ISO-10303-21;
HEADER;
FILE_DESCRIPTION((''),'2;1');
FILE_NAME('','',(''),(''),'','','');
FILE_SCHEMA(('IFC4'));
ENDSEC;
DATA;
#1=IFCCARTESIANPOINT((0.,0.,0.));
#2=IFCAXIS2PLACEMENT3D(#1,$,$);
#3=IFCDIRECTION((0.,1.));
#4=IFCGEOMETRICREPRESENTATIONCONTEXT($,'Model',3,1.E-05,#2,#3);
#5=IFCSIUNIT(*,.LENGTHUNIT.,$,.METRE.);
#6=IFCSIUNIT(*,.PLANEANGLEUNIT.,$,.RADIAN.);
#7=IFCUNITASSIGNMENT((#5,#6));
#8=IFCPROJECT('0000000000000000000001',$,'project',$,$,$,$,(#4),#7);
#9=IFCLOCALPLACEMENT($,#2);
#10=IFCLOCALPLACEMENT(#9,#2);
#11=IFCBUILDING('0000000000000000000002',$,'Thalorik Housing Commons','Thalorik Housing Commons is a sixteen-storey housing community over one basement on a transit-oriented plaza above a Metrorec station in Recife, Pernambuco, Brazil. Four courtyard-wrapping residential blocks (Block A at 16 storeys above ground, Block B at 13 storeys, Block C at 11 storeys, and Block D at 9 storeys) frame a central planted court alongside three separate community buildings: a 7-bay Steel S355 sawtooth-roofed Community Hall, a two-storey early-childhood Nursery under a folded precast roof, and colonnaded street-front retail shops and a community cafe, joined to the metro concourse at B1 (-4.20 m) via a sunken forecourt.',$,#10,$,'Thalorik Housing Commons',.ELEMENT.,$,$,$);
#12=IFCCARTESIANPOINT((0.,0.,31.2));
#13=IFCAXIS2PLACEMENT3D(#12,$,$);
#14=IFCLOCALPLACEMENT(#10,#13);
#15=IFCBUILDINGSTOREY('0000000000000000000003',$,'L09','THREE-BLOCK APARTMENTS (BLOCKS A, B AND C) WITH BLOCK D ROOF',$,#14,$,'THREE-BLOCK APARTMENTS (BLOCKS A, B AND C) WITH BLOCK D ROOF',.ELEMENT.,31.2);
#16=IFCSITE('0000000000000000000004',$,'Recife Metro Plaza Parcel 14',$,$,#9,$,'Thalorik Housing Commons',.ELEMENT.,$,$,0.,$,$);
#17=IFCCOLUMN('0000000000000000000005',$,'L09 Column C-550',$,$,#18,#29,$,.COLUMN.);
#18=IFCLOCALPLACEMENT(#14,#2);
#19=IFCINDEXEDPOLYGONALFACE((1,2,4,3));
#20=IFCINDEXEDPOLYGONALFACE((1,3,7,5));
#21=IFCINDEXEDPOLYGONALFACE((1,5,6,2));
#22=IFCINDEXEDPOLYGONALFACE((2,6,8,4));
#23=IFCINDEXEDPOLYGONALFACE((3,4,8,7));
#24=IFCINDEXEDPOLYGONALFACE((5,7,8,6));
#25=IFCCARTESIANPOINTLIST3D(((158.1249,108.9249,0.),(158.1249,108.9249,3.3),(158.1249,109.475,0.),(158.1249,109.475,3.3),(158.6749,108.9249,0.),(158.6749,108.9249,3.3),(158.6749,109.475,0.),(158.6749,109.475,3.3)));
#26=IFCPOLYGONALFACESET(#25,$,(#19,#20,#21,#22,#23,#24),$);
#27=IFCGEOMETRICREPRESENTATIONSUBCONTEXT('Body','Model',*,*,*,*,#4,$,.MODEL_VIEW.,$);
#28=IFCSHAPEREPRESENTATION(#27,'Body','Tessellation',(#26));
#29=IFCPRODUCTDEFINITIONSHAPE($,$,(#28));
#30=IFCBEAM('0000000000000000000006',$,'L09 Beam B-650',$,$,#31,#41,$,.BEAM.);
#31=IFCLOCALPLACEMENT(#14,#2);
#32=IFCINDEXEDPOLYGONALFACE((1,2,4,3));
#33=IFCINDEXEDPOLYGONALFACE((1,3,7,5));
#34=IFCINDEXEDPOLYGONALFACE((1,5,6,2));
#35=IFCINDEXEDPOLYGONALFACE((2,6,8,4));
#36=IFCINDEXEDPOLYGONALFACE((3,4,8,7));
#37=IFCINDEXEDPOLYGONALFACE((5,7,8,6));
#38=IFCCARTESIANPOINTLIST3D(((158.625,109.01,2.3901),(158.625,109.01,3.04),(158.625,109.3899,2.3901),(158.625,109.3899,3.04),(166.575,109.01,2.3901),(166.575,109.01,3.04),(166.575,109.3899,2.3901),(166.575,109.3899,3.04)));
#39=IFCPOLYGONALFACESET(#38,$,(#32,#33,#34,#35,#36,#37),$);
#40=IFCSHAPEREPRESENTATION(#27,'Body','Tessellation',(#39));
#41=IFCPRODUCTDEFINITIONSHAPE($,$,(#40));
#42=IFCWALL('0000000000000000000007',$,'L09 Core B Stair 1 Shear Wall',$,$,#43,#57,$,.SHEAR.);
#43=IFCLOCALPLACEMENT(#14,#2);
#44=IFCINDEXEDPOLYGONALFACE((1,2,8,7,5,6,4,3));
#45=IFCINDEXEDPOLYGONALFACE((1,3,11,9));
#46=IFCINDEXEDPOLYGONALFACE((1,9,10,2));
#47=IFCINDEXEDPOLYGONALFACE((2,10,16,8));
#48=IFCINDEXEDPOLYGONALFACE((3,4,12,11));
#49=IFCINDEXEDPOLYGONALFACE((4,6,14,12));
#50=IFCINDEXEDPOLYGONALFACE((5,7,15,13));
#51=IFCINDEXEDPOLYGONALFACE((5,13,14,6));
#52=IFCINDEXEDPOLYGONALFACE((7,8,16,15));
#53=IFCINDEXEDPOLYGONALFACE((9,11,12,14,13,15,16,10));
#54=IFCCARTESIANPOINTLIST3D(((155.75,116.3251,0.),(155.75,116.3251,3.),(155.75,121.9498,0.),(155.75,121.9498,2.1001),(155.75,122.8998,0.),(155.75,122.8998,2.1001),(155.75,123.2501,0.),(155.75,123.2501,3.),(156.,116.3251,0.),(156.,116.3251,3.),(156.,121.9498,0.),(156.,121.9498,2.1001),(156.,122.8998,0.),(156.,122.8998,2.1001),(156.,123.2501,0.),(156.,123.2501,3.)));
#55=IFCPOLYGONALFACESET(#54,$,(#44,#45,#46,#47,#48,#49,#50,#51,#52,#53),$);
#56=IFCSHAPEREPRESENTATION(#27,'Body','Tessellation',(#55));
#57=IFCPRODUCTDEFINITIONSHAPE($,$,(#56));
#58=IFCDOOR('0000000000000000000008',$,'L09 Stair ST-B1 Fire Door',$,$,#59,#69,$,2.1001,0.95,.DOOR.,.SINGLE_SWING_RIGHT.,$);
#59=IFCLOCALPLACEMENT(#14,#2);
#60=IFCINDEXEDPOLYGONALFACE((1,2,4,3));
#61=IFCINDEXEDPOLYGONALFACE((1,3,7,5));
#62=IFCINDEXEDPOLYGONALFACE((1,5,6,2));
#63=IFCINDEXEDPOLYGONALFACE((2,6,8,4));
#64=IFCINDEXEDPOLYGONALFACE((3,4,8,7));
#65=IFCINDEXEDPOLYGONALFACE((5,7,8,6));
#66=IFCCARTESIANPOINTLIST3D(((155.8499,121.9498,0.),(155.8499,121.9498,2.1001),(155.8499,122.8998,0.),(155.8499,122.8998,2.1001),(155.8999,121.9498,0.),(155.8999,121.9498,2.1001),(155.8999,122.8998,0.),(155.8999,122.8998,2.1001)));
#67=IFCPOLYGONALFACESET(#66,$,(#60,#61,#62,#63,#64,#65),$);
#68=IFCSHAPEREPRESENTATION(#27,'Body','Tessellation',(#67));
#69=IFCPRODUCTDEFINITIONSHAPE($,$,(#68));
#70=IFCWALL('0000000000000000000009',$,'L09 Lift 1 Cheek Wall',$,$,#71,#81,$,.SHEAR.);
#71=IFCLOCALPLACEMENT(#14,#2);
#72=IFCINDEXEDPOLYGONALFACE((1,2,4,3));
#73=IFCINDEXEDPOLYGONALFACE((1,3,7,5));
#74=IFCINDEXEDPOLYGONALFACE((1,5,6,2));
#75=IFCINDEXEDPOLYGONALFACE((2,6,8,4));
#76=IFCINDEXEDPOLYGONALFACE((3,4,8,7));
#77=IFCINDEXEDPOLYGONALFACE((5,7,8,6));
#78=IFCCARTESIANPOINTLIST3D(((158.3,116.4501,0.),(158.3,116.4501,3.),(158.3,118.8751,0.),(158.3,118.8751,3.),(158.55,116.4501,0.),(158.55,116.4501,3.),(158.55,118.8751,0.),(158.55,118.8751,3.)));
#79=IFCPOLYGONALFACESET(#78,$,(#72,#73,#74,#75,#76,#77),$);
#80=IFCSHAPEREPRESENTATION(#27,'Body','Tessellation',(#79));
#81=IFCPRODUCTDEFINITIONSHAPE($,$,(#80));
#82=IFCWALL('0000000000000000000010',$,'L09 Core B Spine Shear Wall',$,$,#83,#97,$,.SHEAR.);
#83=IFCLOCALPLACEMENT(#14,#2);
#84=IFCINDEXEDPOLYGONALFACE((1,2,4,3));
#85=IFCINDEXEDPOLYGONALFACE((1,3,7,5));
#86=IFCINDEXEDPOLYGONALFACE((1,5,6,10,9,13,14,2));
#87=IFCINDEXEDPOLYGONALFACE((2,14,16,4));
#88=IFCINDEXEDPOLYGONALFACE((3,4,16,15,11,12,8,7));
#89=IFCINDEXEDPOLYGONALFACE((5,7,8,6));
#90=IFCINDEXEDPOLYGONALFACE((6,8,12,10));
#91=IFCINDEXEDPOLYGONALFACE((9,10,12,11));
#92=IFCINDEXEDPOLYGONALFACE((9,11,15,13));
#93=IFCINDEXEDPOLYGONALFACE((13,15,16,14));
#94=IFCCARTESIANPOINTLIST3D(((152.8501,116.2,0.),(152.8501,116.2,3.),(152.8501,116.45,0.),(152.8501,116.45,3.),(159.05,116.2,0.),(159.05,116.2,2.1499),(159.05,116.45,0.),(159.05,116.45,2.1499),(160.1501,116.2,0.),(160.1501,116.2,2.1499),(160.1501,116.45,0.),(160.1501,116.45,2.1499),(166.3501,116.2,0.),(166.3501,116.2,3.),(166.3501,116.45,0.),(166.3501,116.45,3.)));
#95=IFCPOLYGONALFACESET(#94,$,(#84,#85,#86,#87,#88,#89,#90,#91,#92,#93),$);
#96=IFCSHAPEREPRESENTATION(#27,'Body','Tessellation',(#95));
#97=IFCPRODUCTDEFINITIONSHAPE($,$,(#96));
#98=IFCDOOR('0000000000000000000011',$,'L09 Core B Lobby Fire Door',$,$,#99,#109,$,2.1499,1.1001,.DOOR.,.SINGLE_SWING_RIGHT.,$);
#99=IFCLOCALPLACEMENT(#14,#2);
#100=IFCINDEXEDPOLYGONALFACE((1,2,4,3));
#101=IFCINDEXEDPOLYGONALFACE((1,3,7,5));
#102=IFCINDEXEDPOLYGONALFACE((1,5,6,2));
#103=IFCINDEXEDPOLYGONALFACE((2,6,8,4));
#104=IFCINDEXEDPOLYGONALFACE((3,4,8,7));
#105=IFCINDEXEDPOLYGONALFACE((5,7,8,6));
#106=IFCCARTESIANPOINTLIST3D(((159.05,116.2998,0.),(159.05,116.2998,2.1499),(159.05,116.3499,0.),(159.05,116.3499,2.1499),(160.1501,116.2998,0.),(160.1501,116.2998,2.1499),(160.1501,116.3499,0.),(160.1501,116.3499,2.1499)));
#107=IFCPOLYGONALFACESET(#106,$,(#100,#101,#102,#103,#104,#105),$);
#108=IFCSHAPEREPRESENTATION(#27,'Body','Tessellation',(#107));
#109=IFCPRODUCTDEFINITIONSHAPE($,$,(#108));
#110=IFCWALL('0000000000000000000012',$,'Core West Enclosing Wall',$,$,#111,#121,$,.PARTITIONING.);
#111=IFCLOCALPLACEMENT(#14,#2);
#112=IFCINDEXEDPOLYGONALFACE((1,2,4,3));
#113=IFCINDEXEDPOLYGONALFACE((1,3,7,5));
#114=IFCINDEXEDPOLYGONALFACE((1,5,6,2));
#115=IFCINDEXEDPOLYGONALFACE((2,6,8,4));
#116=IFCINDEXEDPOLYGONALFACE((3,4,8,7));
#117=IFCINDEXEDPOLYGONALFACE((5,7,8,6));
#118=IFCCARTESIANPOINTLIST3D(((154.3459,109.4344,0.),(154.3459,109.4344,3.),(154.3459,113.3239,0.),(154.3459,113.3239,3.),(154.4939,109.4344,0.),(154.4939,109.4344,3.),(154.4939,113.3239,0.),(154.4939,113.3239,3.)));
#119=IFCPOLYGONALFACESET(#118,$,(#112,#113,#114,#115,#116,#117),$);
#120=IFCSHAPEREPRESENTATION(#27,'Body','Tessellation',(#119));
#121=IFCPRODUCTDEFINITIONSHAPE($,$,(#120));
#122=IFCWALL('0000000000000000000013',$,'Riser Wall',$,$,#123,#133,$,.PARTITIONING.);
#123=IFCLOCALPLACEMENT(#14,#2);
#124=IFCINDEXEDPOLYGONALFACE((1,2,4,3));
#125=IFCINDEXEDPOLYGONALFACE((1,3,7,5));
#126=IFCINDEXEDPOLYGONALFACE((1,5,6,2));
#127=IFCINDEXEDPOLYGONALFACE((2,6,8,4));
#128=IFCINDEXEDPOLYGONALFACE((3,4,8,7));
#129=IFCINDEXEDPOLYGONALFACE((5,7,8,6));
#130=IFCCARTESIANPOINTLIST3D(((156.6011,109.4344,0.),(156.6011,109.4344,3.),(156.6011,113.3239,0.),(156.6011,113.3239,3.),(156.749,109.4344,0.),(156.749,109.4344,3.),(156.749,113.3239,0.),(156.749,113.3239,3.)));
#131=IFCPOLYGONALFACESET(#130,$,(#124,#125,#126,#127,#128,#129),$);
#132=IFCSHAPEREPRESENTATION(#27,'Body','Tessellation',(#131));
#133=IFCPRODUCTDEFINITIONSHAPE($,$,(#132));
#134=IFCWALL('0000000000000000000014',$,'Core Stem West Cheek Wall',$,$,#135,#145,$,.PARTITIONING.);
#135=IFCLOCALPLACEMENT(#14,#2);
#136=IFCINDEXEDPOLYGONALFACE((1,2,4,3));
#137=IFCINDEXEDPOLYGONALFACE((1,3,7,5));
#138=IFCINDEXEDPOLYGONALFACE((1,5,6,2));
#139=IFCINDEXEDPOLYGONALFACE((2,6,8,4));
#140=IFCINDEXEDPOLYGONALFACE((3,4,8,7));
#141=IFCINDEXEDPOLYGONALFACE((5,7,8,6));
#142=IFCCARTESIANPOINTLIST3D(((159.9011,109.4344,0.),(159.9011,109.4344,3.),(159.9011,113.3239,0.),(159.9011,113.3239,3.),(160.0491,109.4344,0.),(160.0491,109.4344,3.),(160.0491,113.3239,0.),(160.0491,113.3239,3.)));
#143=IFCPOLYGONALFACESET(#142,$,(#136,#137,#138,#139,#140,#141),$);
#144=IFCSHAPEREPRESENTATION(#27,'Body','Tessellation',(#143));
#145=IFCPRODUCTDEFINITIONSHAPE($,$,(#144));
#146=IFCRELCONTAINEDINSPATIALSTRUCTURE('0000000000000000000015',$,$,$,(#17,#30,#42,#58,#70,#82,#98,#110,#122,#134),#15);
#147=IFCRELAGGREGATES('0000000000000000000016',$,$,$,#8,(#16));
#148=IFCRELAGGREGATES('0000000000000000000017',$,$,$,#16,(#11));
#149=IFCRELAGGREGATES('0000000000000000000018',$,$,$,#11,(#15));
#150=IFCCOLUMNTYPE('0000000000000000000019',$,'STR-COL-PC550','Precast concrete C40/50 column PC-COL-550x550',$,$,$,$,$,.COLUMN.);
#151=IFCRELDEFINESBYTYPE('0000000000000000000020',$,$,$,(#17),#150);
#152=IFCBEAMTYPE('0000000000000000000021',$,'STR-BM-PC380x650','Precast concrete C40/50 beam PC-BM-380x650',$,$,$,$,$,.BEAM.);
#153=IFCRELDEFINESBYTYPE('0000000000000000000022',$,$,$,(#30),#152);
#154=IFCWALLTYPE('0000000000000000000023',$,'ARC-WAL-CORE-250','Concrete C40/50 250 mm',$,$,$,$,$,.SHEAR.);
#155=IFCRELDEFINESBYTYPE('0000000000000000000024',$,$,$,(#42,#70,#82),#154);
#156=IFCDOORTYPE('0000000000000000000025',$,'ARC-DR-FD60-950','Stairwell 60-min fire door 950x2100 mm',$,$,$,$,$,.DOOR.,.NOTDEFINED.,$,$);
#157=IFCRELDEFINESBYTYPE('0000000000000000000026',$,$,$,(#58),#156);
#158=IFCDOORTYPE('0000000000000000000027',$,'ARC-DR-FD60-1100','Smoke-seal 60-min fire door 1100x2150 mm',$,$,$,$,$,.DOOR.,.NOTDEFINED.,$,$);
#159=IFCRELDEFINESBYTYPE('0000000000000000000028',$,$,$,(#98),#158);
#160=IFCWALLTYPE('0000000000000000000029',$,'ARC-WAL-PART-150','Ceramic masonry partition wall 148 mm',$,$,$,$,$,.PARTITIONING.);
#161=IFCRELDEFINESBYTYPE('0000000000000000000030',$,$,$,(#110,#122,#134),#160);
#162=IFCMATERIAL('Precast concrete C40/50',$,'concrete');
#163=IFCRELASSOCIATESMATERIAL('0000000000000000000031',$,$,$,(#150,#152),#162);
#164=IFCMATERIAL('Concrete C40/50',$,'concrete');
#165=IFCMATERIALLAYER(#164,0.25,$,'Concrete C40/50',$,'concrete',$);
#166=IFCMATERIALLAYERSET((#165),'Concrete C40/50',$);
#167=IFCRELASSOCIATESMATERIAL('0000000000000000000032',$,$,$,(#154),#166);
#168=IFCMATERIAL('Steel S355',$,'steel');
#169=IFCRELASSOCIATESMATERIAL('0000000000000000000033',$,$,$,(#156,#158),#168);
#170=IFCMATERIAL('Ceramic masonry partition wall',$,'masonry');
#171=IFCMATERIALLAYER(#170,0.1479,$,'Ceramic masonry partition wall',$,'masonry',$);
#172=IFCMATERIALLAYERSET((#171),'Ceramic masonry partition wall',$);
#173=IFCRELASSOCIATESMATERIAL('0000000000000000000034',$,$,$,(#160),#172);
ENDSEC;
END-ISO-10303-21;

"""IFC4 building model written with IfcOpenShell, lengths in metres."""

from ifc_helpers import new_model, si_unit, direction, frame, frame_2d, origin, origin_2d, place, context, subcontext, project, spatial, rectangle, extrude, material, layer, layer_set, material_profile, profile_set, type_object, element, fill, save


model = new_model("IFC4")

# Units and contexts
model_context = context("Model", 3, precision=1e-05, world=origin(), true_north=direction((0.0, 1.0)))
body_context = subcontext(model_context, "Body", "Model", "MODEL_VIEW")
ifc_project = project(units=[si_unit("LENGTHUNIT", "METRE"), si_unit("PLANEANGLEUNIT", "RADIAN")], contexts=[model_context])

# Site, building, storey
site_placement = place(None, origin())
site = spatial("IfcSite", under=ifc_project, at=site_placement, Name="Recife Metro Plaza Parcel 14", LongName="Thalorik Housing Commons", CompositionType="ELEMENT", RefElevation=0.0)
building_placement = place(site_placement, origin())
building = spatial("IfcBuilding", under=site, at=building_placement, Name="Thalorik Housing Commons", Description="Thalorik Housing Commons is a sixteen-storey housing community over one basement on a transit-oriented plaza above a Metrorec station in Recife, Pernambuco, Brazil. Four courtyard-wrapping residential blocks (Block A at 16 storeys above ground, Block B at 13 storeys, Block C at 11 storeys, and Block D at 9 storeys) frame a central planted court alongside three separate community buildings: a 7-bay Steel S355 sawtooth-roofed Community Hall, a two-storey early-childhood Nursery under a folded precast roof, and colonnaded street-front retail shops and a community cafe, joined to the metro concourse at B1 (-4.20 m) via a sunken forecourt.", LongName="Thalorik Housing Commons", CompositionType="ELEMENT")
storey_placement = place(building_placement, frame((0.0, 0.0, 31.2)))
storey = spatial("IfcBuildingStorey", under=building, at=storey_placement, Name="L09", Description="THREE-BLOCK APARTMENTS (BLOCKS A, B AND C) WITH BLOCK D ROOF", LongName="THREE-BLOCK APARTMENTS (BLOCKS A, B AND C) WITH BLOCK D ROOF", CompositionType="ELEMENT", Elevation=31.2)

# Column
ifc_material_1 = material(Name="Precast concrete C40/50", Category="concrete")
ifc_material_profile_1 = material_profile(ifc_material_1, rectangle(XDim=0.55, YDim=0.55, at=origin_2d()), Name="PC 550x550", Category="concrete")
ifc_profile_set_1 = profile_set([ifc_material_profile_1], Name="Precast concrete C40/50")
column_type = type_object("IfcColumnType", Name="STR-COL-PC550", Description="Precast concrete C40/50 column PC-COL-550x550", PredefinedType="COLUMN", material=ifc_profile_set_1)
column_placement = place(storey_placement, frame((158.3999, 109.2, 0.0), z_axis=(0.0, 0.0, 1.0), x_axis=(1.0, 0.0, 0.0)))
element("IfcColumn", 1, at=column_placement, inside=storey, type_object=column_type, Name="L09 Column C-550", PredefinedType="COLUMN", context=body_context, shape_type="SweptSolid", body=[
    extrude(rectangle(XDim=0.55, YDim=0.55, at=origin_2d()), origin(), (0.0, 0.0, 1.0), 3.3),
])

# Beam
ifc_material_profile_2 = material_profile(ifc_material_1, rectangle(XDim=0.3799, YDim=0.6499, at=origin_2d()), Name="PC 380x650", Category="concrete")
ifc_profile_set_2 = profile_set([ifc_material_profile_2], Name="Precast concrete C40/50")
beam_type = type_object("IfcBeamType", Name="STR-BM-PC380x650", Description="Precast concrete C40/50 beam PC-BM-380x650", PredefinedType="BEAM", material=ifc_profile_set_2)
beam_placement = place(storey_placement, frame((158.625, 109.2, 2.7151), z_axis=(1.0, 0.0, 0.0), x_axis=(0.0, 1.0, 0.0)))
element("IfcBeam", 2, at=beam_placement, inside=storey, type_object=beam_type, Name="L09 Beam B-650", PredefinedType="BEAM", context=body_context, shape_type="SweptSolid", body=[
    extrude(rectangle(XDim=0.3799, YDim=0.6499, at=origin_2d()), origin(), (0.0, 0.0, 1.0), 7.95),
])

# Wall, opening, door
ifc_material_2 = material(Name="Concrete C40/50", Category="concrete")
ifc_layer_1 = layer(ifc_material_2, 0.25, Name="Concrete C40/50", Category="concrete")
ifc_layer_set_1 = layer_set([ifc_layer_1], Name="Concrete C40/50")
wall_type_1 = type_object("IfcWallType", Name="ARC-WAL-CORE-250", Description="Concrete C40/50 250 mm", PredefinedType="SHEAR", material=ifc_layer_set_1)
wall_1_placement = place(storey_placement, frame((155.875, 123.25, 0.0), z_axis=(0.0, 0.0, 1.0), x_axis=(0.0, -1.0, 0.0)))
wall_1 = element("IfcWall", 3, at=wall_1_placement, inside=storey, type_object=wall_type_1, Name="L09 Core B Stair 1 Shear Wall", PredefinedType="SHEAR", context=body_context, shape_type="SweptSolid", body=[
    extrude(rectangle(XDim=6.925, YDim=0.25, at=frame_2d((3.4624, 0.0))), origin(), (0.0, 0.0, 1.0), 3.0),
])
opening_1_placement = place(wall_1_placement, frame((0.3501, 0.0, 0.0)))
opening_1 = element("IfcOpeningElement", 4, at=opening_1_placement, cuts=wall_1, PredefinedType="OPENING", context=body_context, shape_type="SweptSolid", body=[
    extrude(rectangle(XDim=0.95, YDim=2.1001, at=frame_2d((0.4751, 1.05))), frame((0.0, 0.135, 0.0), z_axis=(0.0, -1.0, 0.0), x_axis=(1.0, 0.0, 0.0)), (0.0, 0.0, 1.0), 0.27),
])
ifc_material_3 = material(Name="Steel S355", Category="steel")
door_type_1 = type_object("IfcDoorType", Name="ARC-DR-FD60-950", Description="Stairwell 60-min fire door 950x2100 mm", OperationType="NOTDEFINED", PredefinedType="DOOR", material=ifc_material_3)
door_1_placement = place(opening_1_placement, origin())
door_1 = element("IfcDoor", 5, at=door_1_placement, inside=storey, type_object=door_type_1, Name="L09 Stair ST-B1 Fire Door", OperationType="SINGLE_SWING_RIGHT", OverallHeight=2.1001, OverallWidth=0.95, PredefinedType="DOOR", context=body_context, shape_type="SweptSolid", body=[
    extrude(rectangle(XDim=0.95, YDim=2.1001, at=frame_2d((0.4751, 1.05))), frame((0.0, 0.0249, 0.0), z_axis=(0.0, -1.0, 0.0), x_axis=(1.0, 0.0, 0.0)), (0.0, 0.0, 1.0), 0.05),
])
fill(opening_1, door_1)

# Wall
wall_2_placement = place(storey_placement, frame((158.425, 118.875, 0.0), z_axis=(0.0, 0.0, 1.0), x_axis=(0.0, -1.0, 0.0)))
element("IfcWall", 6, at=wall_2_placement, inside=storey, type_object=wall_type_1, Name="L09 Lift 1 Cheek Wall", PredefinedType="SHEAR", context=body_context, shape_type="SweptSolid", body=[
    extrude(rectangle(XDim=2.425, YDim=0.25, at=frame_2d((1.2124, 0.0))), origin(), (0.0, 0.0, 1.0), 3.0),
])

# Wall, opening, door
wall_3_placement = place(storey_placement, frame((152.8501, 116.325, 0.0), z_axis=(0.0, 0.0, 1.0), x_axis=(1.0, 0.0, 0.0)))
wall_3 = element("IfcWall", 7, at=wall_3_placement, inside=storey, type_object=wall_type_1, Name="L09 Core B Spine Shear Wall", PredefinedType="SHEAR", context=body_context, shape_type="SweptSolid", body=[
    extrude(rectangle(XDim=13.5, YDim=0.25, at=frame_2d((6.75, 0.0))), origin(), (0.0, 0.0, 1.0), 3.0),
])
opening_2_placement = place(wall_3_placement, frame((6.2, 0.0, 0.0)))
opening_2 = element("IfcOpeningElement", 8, at=opening_2_placement, cuts=wall_3, PredefinedType="OPENING", context=body_context, shape_type="SweptSolid", body=[
    extrude(rectangle(XDim=1.1001, YDim=2.1499, at=frame_2d((0.55, 1.075))), frame((0.0, 0.135, 0.0), z_axis=(0.0, -1.0, 0.0), x_axis=(1.0, 0.0, 0.0)), (0.0, 0.0, 1.0), 0.27),
])
door_type_2 = type_object("IfcDoorType", Name="ARC-DR-FD60-1100", Description="Smoke-seal 60-min fire door 1100x2150 mm", OperationType="NOTDEFINED", PredefinedType="DOOR", material=ifc_material_3)
door_2_placement = place(opening_2_placement, origin())
door_2 = element("IfcDoor", 9, at=door_2_placement, inside=storey, type_object=door_type_2, Name="L09 Core B Lobby Fire Door", OperationType="SINGLE_SWING_RIGHT", OverallHeight=2.1499, OverallWidth=1.1001, PredefinedType="DOOR", context=body_context, shape_type="SweptSolid", body=[
    extrude(rectangle(XDim=1.1001, YDim=2.1499, at=frame_2d((0.55, 1.075))), frame((0.0, 0.0249, 0.0), z_axis=(0.0, -1.0, 0.0), x_axis=(1.0, 0.0, 0.0)), (0.0, 0.0, 1.0), 0.05),
])
fill(opening_2, door_2)

# Walls
ifc_material_4 = material(Name="Ceramic masonry partition wall", Category="masonry")
ifc_layer_2 = layer(ifc_material_4, 0.1479, Name="Ceramic masonry partition wall", Category="masonry")
ifc_layer_set_2 = layer_set([ifc_layer_2], Name="Ceramic masonry partition wall")
wall_type_2 = type_object("IfcWallType", Name="ARC-WAL-PART-150", Description="Ceramic masonry partition wall 148 mm", PredefinedType="PARTITIONING", material=ifc_layer_set_2)
for number, where, z_axis, x_axis, name in (
    (10, (154.4199, 113.324, 0.0), (0.0, 0.0, 1.0), (0.0, -1.0, 0.0), "Core West Enclosing Wall"),
    (11, (156.675, 113.324, 0.0), (0.0, 0.0, 1.0), (0.0, -1.0, 0.0), "Riser Wall"),
    (12, (159.9751, 113.324, 0.0), (0.0, 0.0, 1.0), (0.0, -1.0, 0.0), "Core Stem West Cheek Wall"),
):
    element("IfcWall", number, at=place(storey_placement, frame(where, z_axis=z_axis, x_axis=x_axis)), inside=storey, type_object=wall_type_2, Name=name, PredefinedType="PARTITIONING", context=body_context, shape_type="SweptSolid", body=[
        extrude(rectangle(XDim=3.8894, YDim=0.1479, at=frame_2d((1.9448, 0.0))), origin(), (0.0, 0.0, 1.0), 3.0),
    ])

save(model, "model.ifc")
